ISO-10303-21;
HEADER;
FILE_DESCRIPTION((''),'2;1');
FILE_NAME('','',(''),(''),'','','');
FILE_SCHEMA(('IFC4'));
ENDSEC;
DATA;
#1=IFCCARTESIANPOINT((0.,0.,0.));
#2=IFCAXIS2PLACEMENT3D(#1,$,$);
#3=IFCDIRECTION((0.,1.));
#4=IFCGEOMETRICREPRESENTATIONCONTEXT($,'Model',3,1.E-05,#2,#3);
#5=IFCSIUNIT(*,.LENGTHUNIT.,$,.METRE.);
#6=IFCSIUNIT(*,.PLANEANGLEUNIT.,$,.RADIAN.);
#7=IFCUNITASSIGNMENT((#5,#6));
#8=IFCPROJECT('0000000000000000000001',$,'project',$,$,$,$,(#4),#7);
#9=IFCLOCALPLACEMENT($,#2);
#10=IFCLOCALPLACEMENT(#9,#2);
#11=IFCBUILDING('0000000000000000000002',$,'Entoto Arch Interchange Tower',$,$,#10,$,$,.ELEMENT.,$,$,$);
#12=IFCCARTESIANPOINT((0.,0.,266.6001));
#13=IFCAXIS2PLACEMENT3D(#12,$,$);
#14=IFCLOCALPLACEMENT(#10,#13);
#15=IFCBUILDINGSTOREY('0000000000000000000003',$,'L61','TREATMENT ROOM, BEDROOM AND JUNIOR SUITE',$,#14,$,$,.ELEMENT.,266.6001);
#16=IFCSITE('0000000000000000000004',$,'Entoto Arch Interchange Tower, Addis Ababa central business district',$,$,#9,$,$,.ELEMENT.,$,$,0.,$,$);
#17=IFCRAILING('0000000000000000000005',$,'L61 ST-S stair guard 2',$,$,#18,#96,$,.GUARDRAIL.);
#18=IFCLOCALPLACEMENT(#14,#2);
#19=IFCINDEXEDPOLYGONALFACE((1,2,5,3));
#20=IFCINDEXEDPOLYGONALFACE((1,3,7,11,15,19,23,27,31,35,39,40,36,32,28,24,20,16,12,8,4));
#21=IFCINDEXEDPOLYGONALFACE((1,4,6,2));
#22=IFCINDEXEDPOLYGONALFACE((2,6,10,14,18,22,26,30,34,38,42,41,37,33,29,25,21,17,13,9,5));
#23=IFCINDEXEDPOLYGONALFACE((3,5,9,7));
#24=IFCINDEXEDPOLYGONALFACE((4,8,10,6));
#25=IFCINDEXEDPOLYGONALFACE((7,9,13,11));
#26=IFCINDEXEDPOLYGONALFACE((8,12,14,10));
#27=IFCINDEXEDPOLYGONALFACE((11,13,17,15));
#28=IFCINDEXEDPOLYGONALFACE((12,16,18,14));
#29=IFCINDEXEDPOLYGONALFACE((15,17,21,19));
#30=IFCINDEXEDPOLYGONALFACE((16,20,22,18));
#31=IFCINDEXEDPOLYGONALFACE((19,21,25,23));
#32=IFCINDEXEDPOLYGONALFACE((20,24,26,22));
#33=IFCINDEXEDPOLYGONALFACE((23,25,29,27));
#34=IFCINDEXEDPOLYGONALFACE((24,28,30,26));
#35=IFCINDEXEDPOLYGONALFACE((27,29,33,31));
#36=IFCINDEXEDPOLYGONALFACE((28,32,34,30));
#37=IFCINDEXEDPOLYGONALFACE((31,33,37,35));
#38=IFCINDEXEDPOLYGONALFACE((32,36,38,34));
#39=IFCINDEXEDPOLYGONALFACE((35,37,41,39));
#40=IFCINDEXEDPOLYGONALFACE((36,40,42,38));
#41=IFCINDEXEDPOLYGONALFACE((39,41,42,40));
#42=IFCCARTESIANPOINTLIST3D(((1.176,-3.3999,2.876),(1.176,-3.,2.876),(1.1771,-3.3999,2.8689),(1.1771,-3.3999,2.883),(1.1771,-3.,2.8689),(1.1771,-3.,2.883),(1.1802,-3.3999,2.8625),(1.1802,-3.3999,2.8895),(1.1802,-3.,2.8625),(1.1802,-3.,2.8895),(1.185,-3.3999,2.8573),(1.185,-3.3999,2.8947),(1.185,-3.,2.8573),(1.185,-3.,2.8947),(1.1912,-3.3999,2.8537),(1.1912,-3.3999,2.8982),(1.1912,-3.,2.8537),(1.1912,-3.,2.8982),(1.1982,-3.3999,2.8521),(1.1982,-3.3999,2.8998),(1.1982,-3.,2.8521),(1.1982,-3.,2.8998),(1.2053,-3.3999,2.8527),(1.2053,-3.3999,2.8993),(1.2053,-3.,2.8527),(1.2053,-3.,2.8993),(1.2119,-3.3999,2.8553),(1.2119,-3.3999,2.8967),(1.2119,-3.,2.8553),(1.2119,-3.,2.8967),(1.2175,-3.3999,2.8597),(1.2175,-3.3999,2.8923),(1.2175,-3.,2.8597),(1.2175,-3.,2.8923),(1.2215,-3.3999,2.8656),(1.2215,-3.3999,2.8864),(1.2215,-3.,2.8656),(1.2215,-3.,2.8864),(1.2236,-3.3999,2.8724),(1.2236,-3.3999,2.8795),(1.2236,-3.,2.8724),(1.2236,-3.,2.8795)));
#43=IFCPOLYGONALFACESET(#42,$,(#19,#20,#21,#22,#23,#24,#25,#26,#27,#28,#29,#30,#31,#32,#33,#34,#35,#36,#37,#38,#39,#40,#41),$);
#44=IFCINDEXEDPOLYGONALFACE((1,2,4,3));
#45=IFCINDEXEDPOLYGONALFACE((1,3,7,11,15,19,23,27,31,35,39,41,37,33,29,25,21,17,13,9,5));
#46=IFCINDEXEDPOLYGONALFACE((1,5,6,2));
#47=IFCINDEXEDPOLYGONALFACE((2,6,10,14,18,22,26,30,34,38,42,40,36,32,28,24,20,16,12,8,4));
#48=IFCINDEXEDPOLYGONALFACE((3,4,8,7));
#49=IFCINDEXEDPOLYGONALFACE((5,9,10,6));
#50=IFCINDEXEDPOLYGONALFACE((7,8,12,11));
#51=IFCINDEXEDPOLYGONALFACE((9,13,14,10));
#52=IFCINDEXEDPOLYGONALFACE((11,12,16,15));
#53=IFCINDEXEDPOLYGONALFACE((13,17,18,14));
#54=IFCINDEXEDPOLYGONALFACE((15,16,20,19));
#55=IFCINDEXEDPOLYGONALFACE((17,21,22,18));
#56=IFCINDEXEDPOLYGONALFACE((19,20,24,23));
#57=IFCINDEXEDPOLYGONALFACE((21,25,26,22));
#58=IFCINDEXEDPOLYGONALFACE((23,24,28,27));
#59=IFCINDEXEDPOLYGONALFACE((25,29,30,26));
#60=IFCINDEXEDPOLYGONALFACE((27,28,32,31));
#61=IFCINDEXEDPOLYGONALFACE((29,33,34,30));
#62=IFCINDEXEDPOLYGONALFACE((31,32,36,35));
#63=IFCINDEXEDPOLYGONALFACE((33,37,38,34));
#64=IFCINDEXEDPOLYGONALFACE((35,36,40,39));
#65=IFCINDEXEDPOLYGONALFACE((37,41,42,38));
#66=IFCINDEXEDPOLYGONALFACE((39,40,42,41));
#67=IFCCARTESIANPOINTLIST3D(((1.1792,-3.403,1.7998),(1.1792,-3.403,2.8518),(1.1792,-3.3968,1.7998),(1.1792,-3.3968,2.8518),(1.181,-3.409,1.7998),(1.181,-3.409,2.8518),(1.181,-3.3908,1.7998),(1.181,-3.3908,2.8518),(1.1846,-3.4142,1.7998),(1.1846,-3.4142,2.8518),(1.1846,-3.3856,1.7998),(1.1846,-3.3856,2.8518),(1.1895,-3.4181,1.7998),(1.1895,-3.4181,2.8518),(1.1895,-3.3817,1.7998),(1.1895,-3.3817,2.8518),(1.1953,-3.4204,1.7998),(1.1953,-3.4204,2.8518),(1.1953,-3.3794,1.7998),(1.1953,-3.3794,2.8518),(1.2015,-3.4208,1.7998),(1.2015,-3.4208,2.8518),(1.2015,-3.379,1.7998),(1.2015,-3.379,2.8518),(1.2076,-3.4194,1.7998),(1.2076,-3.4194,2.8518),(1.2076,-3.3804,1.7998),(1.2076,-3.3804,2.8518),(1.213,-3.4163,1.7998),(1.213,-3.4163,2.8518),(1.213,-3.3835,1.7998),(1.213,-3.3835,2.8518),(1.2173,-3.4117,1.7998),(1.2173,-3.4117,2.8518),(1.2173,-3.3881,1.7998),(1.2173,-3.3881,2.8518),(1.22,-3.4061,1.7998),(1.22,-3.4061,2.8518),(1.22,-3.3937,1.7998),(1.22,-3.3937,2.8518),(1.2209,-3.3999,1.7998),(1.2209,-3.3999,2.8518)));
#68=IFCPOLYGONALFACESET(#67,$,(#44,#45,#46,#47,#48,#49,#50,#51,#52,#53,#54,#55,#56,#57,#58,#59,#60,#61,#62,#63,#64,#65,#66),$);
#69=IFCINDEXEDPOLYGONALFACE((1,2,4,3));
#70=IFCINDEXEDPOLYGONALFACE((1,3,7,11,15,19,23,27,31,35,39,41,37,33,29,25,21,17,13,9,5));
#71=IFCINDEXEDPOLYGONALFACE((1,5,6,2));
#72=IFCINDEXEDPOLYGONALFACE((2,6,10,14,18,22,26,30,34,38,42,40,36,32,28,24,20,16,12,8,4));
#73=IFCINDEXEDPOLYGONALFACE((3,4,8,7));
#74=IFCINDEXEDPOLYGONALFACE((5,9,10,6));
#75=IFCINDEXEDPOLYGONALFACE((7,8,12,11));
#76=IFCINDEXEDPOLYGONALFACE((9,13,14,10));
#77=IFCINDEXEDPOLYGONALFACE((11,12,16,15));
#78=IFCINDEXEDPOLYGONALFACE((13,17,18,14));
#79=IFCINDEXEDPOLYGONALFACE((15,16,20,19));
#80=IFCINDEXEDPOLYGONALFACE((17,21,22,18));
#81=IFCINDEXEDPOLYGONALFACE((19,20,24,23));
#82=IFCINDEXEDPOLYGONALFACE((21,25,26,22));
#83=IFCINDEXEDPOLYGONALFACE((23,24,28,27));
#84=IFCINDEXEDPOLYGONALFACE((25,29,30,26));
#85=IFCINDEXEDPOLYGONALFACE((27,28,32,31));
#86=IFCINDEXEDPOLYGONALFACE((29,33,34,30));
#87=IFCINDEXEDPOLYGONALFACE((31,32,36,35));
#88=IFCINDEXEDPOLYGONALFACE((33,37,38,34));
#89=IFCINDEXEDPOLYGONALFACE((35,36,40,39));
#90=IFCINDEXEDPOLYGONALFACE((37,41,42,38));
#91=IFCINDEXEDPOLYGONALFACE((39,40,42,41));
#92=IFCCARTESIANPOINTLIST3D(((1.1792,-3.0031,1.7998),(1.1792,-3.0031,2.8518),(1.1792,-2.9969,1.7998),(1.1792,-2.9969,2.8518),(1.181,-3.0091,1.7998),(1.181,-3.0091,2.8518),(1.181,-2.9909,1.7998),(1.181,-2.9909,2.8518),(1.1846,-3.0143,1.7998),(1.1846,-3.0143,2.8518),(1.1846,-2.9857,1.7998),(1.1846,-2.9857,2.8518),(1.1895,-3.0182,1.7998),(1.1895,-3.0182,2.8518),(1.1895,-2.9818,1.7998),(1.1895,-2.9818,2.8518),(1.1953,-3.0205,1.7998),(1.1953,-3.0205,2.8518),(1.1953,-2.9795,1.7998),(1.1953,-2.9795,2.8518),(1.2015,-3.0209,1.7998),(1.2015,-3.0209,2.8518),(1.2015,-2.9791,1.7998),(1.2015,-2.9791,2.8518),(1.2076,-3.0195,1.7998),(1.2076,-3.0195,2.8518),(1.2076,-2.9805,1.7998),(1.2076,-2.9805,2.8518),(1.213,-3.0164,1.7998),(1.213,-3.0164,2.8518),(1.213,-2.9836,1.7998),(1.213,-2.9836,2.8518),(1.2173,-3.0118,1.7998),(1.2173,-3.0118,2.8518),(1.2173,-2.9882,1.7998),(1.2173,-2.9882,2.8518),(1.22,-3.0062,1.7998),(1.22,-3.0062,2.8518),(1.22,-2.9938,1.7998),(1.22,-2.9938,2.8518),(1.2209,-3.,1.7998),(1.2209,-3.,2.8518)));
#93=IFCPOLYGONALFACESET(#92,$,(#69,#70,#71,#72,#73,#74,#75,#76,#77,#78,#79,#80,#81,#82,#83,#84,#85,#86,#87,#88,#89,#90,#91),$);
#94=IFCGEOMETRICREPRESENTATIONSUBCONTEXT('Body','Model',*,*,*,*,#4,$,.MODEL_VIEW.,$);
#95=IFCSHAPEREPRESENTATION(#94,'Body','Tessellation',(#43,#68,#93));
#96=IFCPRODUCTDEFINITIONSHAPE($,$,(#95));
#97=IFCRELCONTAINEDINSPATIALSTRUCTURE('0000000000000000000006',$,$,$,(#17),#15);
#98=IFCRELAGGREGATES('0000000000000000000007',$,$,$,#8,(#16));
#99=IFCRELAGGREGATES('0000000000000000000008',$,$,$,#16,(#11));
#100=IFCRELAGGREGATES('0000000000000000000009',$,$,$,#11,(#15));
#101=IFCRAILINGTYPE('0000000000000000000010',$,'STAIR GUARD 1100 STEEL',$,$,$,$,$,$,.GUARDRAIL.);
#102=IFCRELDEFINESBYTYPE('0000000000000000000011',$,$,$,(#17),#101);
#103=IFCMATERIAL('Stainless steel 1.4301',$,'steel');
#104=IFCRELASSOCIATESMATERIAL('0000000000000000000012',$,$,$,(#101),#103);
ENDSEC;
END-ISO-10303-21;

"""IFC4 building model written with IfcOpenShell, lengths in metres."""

from ifc_helpers import new_model, si_unit, direction, frame, origin, origin_2d, place, context, subcontext, project, spatial, circle, extrude, material, type_object, element, save


model = new_model("IFC4")

# Units and contexts
model_context = context("Model", 3, precision=1e-05, world=origin(), true_north=direction((0.0, 1.0)))
body_context = subcontext(model_context, "Body", "Model", "MODEL_VIEW")
ifc_project = project(units=[si_unit("LENGTHUNIT", "METRE"), si_unit("PLANEANGLEUNIT", "RADIAN")], contexts=[model_context])

# Site, building, storey
site_placement = place(None, origin())
site = spatial("IfcSite", under=ifc_project, at=site_placement, Name="Entoto Arch Interchange Tower, Addis Ababa central business district", CompositionType="ELEMENT", RefElevation=0.0)
building_placement = place(site_placement, origin())
building = spatial("IfcBuilding", under=site, at=building_placement, Name="Entoto Arch Interchange Tower", CompositionType="ELEMENT")
storey_placement = place(building_placement, frame((0.0, 0.0, 266.6001)))
storey = spatial("IfcBuildingStorey", under=building, at=storey_placement, Name="L61", Description="TREATMENT ROOM, BEDROOM AND JUNIOR SUITE", CompositionType="ELEMENT", Elevation=266.6001)

# Railing
ifc_material_1 = material(Name="Stainless steel 1.4301", Category="steel")
railing_type_1 = type_object("IfcRailingType", Name="STAIR GUARD 1100 STEEL", PredefinedType="GUARDRAIL", material=ifc_material_1)
railing_1_placement = place(storey_placement, frame((1.2, -3.3999, 1.7998)))
element("IfcRailing", 1, at=railing_1_placement, inside=storey, type_object=railing_type_1, Name="L61 ST-S stair guard 2", PredefinedType="GUARDRAIL", context=body_context, shape_type="SweptSolid", body=[
    extrude(circle(Radius=0.0239, at=origin_2d()), frame((0.0, 0.0, 1.0762), z_axis=(0.0, 1.0, 0.0), x_axis=(-1.0, 0.0, 0.0)), (0.0, 0.0, 1.0), 0.3999),
    extrude(circle(Radius=0.021, at=origin_2d()), origin(), (0.0, 0.0, 1.0), 1.052),
    extrude(circle(Radius=0.021, at=origin_2d()), frame((0.0, 0.3999, 0.0)), (0.0, 0.0, 1.0), 1.052),
])

save(model, "model.ifc")
